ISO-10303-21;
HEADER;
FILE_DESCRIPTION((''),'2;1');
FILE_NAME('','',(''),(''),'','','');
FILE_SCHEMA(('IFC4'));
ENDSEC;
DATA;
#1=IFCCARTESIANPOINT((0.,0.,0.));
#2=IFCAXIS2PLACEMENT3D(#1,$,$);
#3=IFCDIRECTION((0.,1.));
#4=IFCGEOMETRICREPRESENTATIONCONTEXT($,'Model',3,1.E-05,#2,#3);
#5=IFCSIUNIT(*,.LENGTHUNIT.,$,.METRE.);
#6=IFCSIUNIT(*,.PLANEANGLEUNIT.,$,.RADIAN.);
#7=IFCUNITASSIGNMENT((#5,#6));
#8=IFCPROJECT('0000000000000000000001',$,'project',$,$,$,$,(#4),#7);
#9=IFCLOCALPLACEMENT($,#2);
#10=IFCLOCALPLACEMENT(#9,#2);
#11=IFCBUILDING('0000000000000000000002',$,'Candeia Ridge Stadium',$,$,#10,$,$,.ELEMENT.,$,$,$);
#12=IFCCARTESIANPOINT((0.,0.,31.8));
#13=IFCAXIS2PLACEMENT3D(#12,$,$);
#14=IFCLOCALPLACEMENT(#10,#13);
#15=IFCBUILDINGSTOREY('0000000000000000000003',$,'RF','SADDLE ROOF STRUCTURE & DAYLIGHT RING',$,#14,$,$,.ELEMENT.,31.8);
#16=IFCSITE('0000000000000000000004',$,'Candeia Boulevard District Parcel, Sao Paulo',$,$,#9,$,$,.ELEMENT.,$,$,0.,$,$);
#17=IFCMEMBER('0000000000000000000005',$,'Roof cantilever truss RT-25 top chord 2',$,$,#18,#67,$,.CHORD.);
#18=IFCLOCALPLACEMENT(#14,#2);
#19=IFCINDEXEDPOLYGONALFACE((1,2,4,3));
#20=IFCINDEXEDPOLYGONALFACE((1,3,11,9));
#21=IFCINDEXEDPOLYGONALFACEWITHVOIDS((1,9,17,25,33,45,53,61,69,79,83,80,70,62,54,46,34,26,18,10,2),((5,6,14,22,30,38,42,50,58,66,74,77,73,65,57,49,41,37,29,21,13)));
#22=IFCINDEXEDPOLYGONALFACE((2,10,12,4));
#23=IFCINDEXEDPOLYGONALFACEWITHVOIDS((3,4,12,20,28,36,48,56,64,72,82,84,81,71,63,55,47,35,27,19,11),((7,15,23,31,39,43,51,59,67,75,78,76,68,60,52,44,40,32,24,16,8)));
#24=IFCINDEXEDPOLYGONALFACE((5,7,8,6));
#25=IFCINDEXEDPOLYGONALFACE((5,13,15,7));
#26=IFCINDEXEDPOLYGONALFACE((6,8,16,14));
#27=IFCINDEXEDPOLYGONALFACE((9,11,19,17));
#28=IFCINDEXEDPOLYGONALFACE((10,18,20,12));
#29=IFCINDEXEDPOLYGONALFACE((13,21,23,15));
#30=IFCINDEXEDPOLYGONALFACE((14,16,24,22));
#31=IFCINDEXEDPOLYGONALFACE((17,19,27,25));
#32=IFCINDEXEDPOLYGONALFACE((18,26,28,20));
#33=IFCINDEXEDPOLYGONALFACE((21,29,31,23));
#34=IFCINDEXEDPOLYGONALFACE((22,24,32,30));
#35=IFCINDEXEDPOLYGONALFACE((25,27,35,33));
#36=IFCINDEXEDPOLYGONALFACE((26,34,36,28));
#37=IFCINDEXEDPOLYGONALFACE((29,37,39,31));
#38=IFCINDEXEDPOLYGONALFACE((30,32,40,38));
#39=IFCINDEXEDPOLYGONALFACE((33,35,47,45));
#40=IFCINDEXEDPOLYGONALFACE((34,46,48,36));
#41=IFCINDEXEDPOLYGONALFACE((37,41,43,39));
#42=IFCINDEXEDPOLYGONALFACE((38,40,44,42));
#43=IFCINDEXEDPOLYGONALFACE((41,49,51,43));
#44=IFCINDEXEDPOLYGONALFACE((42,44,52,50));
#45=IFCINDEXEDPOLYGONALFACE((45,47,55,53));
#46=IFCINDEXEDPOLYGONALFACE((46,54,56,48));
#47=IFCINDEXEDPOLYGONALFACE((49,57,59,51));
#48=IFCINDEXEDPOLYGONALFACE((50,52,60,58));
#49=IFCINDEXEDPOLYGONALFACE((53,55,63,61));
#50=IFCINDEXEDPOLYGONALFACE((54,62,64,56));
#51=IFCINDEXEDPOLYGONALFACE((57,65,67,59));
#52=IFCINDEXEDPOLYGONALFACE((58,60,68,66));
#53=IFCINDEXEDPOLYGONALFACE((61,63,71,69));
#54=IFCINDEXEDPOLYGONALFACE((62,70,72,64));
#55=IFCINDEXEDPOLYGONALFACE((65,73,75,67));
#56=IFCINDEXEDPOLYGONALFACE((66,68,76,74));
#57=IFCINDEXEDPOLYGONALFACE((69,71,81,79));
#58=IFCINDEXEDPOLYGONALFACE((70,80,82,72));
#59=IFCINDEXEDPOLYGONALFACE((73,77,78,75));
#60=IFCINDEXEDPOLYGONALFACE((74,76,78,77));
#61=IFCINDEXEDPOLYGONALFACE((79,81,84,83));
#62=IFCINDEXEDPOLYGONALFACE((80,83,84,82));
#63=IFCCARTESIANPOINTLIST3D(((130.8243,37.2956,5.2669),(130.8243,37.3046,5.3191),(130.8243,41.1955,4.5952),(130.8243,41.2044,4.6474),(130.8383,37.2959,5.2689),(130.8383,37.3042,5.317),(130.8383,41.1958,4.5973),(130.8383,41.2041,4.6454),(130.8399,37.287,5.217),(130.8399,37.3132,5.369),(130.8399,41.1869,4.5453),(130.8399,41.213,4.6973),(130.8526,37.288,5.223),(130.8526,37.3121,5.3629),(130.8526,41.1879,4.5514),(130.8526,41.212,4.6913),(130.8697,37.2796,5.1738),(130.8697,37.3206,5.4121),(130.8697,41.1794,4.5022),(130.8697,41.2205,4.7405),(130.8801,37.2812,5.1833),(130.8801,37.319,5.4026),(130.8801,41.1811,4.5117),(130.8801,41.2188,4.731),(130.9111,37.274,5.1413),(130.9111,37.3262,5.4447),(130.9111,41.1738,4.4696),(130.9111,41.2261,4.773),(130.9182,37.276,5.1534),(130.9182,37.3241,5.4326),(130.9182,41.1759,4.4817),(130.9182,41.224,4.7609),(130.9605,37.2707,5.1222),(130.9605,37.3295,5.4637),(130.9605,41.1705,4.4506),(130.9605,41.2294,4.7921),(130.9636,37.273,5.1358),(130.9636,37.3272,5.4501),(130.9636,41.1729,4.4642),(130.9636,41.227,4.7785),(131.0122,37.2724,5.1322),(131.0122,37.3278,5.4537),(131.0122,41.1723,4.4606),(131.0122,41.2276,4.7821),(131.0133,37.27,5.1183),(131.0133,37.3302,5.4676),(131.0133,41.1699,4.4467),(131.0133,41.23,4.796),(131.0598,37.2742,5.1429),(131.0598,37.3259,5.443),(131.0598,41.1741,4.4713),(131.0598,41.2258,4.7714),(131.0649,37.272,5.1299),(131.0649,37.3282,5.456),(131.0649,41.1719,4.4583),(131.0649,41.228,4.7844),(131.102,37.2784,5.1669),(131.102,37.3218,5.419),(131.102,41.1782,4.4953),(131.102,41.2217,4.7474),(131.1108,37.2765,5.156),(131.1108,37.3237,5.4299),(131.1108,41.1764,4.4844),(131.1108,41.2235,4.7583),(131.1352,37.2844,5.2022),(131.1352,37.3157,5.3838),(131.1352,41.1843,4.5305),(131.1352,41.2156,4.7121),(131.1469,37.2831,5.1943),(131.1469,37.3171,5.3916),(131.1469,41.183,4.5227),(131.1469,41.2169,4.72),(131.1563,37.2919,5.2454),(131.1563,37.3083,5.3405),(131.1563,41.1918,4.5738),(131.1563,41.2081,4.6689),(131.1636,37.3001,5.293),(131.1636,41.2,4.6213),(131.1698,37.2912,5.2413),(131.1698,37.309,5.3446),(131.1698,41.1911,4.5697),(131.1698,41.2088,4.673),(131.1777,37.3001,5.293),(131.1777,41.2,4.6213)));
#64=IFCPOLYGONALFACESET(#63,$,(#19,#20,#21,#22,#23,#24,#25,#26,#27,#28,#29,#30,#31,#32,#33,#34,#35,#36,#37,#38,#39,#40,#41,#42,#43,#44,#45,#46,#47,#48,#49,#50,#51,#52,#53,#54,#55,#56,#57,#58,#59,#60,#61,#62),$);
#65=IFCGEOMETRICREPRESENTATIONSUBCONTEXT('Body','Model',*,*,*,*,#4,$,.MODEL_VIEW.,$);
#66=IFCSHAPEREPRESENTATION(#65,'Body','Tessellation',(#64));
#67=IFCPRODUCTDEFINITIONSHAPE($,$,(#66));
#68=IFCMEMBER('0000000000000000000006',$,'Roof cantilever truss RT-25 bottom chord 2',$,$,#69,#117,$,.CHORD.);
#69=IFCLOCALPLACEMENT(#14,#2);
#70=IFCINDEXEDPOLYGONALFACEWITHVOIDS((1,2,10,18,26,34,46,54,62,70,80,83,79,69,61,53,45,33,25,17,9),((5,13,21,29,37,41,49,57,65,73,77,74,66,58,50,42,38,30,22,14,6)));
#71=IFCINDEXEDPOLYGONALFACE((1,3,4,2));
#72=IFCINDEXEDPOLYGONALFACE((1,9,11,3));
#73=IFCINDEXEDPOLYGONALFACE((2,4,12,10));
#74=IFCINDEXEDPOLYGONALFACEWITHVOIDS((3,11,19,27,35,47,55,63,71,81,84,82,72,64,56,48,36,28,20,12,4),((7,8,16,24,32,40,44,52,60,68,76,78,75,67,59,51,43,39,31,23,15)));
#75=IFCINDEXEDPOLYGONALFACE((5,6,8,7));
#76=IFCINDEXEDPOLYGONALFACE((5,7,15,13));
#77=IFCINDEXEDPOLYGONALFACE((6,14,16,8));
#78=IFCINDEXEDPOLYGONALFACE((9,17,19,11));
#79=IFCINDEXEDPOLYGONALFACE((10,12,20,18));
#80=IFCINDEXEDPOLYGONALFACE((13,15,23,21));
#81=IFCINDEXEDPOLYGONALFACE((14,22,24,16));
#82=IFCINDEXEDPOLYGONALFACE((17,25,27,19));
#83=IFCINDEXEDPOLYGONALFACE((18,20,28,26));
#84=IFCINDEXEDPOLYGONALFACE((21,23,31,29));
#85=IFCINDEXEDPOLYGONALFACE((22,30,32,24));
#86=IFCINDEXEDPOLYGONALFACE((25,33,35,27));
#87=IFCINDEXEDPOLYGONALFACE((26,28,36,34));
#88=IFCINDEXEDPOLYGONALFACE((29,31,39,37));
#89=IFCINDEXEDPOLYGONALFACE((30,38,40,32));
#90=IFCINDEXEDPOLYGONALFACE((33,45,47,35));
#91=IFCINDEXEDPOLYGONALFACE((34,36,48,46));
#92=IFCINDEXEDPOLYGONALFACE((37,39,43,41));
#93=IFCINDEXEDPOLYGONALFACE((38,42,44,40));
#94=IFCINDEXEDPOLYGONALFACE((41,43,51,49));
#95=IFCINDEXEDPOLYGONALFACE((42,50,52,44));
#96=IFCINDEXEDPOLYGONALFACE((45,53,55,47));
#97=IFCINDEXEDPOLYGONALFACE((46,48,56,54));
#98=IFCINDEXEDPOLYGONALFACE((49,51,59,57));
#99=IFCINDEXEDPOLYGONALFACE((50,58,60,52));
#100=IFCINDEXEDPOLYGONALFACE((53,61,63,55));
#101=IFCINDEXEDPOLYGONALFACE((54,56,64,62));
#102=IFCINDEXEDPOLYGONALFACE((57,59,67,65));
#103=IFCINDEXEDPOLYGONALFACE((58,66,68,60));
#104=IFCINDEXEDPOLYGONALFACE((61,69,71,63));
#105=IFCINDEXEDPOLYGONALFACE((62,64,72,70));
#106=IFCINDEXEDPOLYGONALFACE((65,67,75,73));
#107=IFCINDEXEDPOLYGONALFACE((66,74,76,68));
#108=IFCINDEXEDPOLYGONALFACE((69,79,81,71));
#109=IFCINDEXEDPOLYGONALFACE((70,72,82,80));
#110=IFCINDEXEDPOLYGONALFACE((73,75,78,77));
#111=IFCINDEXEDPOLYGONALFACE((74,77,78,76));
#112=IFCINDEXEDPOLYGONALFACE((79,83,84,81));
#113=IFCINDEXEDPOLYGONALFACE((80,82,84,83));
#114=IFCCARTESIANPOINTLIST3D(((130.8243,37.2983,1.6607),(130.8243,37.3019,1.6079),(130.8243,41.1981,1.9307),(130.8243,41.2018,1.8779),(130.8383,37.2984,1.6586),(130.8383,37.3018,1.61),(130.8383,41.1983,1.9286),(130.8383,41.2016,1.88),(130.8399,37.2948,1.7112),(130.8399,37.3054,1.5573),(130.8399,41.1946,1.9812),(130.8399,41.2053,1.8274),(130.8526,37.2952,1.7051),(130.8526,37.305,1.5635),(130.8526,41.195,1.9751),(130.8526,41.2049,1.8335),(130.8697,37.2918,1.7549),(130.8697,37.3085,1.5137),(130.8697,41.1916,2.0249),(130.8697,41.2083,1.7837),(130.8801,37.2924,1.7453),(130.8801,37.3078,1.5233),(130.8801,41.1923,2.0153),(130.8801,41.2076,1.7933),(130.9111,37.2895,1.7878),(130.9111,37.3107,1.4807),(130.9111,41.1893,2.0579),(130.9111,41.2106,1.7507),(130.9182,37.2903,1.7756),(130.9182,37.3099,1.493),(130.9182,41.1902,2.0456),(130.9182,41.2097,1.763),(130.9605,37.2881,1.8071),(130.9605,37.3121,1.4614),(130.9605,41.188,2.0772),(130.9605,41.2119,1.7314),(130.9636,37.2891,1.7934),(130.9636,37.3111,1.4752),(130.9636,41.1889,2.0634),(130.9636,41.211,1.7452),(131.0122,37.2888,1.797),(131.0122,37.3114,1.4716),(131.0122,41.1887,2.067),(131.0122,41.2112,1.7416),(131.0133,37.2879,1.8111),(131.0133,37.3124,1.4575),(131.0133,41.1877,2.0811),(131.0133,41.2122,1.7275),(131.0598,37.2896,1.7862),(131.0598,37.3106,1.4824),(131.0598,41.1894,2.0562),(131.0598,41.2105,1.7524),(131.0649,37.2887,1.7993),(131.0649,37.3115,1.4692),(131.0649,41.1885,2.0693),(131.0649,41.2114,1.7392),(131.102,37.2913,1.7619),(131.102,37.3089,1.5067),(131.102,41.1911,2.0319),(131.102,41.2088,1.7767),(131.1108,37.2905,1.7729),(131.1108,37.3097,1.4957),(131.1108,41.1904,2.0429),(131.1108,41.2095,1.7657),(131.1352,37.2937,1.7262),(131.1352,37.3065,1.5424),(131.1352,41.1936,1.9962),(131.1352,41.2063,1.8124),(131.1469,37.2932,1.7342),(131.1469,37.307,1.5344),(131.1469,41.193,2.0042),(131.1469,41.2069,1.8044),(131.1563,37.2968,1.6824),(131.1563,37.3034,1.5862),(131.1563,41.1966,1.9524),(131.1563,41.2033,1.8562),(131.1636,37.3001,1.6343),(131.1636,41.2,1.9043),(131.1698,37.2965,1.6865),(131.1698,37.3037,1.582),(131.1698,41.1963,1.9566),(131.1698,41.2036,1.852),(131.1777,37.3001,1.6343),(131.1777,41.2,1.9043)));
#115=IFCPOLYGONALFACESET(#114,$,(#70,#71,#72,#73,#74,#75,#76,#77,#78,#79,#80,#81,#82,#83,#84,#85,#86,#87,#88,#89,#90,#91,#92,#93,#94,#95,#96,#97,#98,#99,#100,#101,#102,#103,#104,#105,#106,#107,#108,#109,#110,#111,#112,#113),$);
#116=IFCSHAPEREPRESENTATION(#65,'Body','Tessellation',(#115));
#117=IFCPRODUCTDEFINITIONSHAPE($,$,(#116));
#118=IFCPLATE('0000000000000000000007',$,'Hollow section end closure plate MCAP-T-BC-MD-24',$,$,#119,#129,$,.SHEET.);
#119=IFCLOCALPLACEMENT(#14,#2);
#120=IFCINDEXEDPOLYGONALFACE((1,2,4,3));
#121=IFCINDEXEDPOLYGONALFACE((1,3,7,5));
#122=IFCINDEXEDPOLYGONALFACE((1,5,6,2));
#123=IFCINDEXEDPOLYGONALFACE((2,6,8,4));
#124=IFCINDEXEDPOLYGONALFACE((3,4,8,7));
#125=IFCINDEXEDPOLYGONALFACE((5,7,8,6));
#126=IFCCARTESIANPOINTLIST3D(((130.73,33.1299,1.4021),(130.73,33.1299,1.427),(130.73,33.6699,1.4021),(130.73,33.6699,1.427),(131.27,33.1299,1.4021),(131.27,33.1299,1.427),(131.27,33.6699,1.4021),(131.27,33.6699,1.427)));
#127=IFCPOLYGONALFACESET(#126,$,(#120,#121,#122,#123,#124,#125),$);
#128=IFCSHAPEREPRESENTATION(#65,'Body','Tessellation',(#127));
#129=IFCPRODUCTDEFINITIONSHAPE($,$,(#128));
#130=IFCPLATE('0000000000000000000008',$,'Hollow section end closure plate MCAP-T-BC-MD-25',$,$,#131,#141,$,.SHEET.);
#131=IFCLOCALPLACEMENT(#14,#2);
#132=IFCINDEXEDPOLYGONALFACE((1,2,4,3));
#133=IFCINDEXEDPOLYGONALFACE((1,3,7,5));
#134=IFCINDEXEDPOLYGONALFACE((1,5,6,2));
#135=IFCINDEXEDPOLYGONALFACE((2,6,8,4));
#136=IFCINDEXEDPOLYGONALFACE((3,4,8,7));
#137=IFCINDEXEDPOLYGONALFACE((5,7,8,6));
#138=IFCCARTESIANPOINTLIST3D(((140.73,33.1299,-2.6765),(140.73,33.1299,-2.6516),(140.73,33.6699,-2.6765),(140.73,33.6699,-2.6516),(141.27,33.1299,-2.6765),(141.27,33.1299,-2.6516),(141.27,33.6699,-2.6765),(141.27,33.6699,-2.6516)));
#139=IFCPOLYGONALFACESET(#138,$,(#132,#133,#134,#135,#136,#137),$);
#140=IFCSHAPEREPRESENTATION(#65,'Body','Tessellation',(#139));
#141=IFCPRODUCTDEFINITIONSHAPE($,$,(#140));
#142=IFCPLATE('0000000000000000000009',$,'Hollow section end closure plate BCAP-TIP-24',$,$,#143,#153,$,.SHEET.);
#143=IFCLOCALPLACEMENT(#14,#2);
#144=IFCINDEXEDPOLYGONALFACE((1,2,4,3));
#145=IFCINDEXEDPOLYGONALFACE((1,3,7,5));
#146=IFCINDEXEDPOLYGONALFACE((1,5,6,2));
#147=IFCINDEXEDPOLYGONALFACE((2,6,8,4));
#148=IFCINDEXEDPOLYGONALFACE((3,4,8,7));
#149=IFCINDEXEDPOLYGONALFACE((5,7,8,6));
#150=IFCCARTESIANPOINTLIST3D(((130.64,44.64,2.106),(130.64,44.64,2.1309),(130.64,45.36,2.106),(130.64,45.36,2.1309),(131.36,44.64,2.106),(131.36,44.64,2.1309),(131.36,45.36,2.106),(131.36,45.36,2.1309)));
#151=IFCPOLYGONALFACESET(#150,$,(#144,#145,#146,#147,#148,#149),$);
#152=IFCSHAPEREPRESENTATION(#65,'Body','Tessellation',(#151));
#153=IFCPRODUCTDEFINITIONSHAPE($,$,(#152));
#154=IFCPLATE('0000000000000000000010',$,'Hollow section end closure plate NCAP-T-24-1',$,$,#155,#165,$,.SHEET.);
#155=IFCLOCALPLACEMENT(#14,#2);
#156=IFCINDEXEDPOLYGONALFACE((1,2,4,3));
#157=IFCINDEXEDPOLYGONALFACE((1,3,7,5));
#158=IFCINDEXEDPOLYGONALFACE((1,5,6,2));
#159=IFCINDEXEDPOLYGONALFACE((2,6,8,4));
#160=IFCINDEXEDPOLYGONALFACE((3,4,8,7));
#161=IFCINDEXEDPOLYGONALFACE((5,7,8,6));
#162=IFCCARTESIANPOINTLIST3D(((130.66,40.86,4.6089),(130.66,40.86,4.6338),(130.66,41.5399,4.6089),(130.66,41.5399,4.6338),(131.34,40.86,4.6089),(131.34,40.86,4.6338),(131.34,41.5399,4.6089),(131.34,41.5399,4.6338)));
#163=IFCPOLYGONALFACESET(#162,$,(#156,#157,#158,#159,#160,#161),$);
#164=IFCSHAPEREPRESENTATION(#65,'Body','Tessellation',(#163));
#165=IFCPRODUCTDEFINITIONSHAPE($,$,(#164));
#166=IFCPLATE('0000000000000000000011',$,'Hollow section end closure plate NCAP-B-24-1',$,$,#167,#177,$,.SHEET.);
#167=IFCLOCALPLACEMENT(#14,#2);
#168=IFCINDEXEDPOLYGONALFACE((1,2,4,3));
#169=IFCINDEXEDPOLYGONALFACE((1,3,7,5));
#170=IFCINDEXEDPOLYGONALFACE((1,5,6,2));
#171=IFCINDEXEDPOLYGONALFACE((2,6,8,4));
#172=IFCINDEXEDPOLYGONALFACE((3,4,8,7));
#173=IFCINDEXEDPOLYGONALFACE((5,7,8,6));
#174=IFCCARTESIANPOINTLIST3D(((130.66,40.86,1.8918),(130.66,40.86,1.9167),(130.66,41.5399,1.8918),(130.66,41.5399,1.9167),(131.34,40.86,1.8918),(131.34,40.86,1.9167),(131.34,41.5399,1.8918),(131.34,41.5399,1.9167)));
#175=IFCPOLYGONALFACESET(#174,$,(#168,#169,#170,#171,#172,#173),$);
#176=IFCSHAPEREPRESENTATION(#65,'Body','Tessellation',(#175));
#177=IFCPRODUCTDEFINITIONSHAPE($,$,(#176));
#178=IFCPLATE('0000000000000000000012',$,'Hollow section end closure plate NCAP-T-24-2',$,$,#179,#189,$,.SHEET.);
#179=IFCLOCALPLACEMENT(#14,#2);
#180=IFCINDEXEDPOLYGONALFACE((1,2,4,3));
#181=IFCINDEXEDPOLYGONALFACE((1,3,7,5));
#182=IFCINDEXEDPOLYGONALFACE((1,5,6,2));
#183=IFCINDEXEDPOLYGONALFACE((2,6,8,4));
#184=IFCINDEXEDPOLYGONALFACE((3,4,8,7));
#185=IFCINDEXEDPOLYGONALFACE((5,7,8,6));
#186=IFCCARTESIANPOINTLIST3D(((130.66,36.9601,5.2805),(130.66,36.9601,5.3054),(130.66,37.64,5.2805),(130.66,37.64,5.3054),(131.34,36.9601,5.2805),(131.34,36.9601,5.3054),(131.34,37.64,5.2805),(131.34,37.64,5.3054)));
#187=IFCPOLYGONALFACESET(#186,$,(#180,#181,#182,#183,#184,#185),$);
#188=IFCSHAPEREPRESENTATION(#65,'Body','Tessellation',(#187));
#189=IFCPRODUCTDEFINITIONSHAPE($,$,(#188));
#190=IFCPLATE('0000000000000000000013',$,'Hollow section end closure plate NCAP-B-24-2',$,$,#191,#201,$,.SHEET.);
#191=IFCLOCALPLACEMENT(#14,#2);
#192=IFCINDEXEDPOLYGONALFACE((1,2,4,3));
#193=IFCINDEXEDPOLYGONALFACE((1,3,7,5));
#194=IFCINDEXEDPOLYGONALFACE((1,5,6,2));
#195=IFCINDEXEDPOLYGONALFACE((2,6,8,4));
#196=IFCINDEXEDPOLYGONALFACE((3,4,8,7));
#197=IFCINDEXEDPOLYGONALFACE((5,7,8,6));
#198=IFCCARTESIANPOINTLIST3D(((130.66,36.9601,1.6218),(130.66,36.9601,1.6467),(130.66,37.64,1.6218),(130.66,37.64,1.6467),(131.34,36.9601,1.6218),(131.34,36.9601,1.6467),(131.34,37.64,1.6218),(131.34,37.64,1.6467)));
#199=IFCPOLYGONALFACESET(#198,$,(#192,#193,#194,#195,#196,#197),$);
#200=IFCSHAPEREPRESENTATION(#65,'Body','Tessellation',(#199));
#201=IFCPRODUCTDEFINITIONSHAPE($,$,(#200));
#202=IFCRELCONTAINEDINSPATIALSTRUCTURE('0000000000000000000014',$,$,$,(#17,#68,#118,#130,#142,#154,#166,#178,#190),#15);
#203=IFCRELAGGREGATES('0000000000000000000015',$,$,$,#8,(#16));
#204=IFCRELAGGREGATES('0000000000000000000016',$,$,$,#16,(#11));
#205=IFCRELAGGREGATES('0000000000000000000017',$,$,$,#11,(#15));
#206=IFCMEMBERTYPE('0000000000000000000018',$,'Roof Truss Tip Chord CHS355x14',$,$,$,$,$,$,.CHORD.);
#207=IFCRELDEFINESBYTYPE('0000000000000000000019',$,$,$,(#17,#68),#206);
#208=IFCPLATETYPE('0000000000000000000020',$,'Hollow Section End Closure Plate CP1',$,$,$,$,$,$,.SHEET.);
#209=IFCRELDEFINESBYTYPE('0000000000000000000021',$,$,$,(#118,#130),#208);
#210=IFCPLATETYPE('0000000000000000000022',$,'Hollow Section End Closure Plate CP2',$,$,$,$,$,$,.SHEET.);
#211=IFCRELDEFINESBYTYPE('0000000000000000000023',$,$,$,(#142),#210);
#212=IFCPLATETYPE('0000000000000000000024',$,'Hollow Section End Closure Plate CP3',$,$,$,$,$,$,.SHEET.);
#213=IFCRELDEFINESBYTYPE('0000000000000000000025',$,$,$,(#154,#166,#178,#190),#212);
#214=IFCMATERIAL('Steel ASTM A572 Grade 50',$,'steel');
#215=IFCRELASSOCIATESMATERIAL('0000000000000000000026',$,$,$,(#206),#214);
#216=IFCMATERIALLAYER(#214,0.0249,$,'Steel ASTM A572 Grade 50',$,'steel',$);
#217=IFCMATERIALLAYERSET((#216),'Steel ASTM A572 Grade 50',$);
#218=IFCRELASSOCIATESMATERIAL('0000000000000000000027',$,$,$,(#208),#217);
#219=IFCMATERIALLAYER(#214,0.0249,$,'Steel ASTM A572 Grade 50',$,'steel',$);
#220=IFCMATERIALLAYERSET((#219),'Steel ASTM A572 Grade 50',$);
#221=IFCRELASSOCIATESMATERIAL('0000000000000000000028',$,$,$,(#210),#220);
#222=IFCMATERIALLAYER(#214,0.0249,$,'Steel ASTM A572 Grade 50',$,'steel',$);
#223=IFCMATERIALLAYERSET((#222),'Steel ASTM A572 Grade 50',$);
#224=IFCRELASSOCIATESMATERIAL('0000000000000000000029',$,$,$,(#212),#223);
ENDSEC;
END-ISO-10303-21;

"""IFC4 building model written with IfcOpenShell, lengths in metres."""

from ifc_helpers import new_model, si_unit, direction, frame, origin, origin_2d, place, context, subcontext, project, spatial, rectangle, hollow_circle, extrude, material, layer, layer_set, material_profile, profile_set, type_object, element, save


model = new_model("IFC4")

# Units and contexts
model_context = context("Model", 3, precision=1e-05, world=origin(), true_north=direction((0.0, 1.0)))
body_context = subcontext(model_context, "Body", "Model", "MODEL_VIEW")
ifc_project = project(units=[si_unit("LENGTHUNIT", "METRE"), si_unit("PLANEANGLEUNIT", "RADIAN")], contexts=[model_context])

# Site, building, storey
site_placement = place(None, origin())
site = spatial("IfcSite", under=ifc_project, at=site_placement, Name="Candeia Boulevard District Parcel, Sao Paulo", CompositionType="ELEMENT", RefElevation=0.0)
building_placement = place(site_placement, origin())
building = spatial("IfcBuilding", under=site, at=building_placement, Name="Candeia Ridge Stadium", CompositionType="ELEMENT")
storey_placement = place(building_placement, frame((0.0, 0.0, 31.8)))
storey = spatial("IfcBuildingStorey", under=building, at=storey_placement, Name="RF", Description="SADDLE ROOF STRUCTURE & DAYLIGHT RING", CompositionType="ELEMENT", Elevation=31.8)

# Shared definitions
ifc_material_1 = material(Name="Steel ASTM A572 Grade 50", Category="steel")

# Members
ifc_material_profile_1 = material_profile(ifc_material_1, hollow_circle(Radius=0.1777, WallThickness=0.0142, at=origin_2d()), Name="CHS355x14", Category="steel")
ifc_profile_set_1 = profile_set([ifc_material_profile_1], Name="Steel ASTM A572 Grade 50")
member_type_1 = type_object("IfcMemberType", Name="Roof Truss Tip Chord CHS355x14", PredefinedType="CHORD", material=ifc_profile_set_1)
member_1_placement = place(storey_placement, frame((131.0, 41.2, 4.6213), z_axis=(0.0, -0.985493, 0.169719), x_axis=(1.0, 0.0, 0.0)))
element("IfcMember", 1, at=member_1_placement, inside=storey, type_object=member_type_1, Name="Roof cantilever truss RT-25 top chord 2", PredefinedType="CHORD", context=body_context, shape_type="SweptSolid", body=[
    extrude(hollow_circle(Radius=0.1777, WallThickness=0.0142, at=origin_2d()), origin(), (0.0, 0.0, 1.0), 3.9573),
])
member_2_placement = place(storey_placement, frame((131.0, 41.2, 1.9043), z_axis=(0.0, -0.997612, -0.069072), x_axis=(1.0, 0.0, 0.0)))
element("IfcMember", 2, at=member_2_placement, inside=storey, type_object=member_type_1, Name="Roof cantilever truss RT-25 bottom chord 2", PredefinedType="CHORD", context=body_context, shape_type="SweptSolid", body=[
    extrude(hollow_circle(Radius=0.1777, WallThickness=0.0142, at=origin_2d()), origin(), (0.0, 0.0, 1.0), 3.9092),
])

# Plates
ifc_layer_1 = layer(ifc_material_1, 0.0249, Name="Steel ASTM A572 Grade 50", Category="steel")
ifc_layer_set_1 = layer_set([ifc_layer_1], Name="Steel ASTM A572 Grade 50")
plate_type_1 = type_object("IfcPlateType", Name="Hollow Section End Closure Plate CP1", PredefinedType="SHEET", material=ifc_layer_set_1)
for number, where, z_axis, x_axis, name in (
    (3, (131.0, 33.3999, 1.4021), (0.0, 0.0, 1.0), (1.0, 0.0, 0.0), "Hollow section end closure plate MCAP-T-BC-MD-24"),
    (4, (141.0, 33.3999, -2.6765), (0.0, 0.0, 1.0), (1.0, 0.0, 0.0), "Hollow section end closure plate MCAP-T-BC-MD-25"),
):
    element("IfcPlate", number, at=place(storey_placement, frame(where, z_axis=z_axis, x_axis=x_axis)), inside=storey, type_object=plate_type_1, Name=name, PredefinedType="SHEET", context=body_context, shape_type="SweptSolid", body=[
        extrude(rectangle(XDim=0.54, YDim=0.54, at=origin_2d()), origin(), (0.0, 0.0, 1.0), 0.0249),
    ])
ifc_layer_2 = layer(ifc_material_1, 0.0249, Name="Steel ASTM A572 Grade 50", Category="steel")
ifc_layer_set_2 = layer_set([ifc_layer_2], Name="Steel ASTM A572 Grade 50")
plate_type_2 = type_object("IfcPlateType", Name="Hollow Section End Closure Plate CP2", PredefinedType="SHEET", material=ifc_layer_set_2)
plate_1_placement = place(storey_placement, frame((131.0, 45.0, 2.106), z_axis=(0.0, 0.0, 1.0), x_axis=(1.0, 0.0, 0.0)))
element("IfcPlate", 5, at=plate_1_placement, inside=storey, type_object=plate_type_2, Name="Hollow section end closure plate BCAP-TIP-24", PredefinedType="SHEET", context=body_context, shape_type="SweptSolid", body=[
    extrude(rectangle(XDim=0.72, YDim=0.72, at=origin_2d()), origin(), (0.0, 0.0, 1.0), 0.0249),
])
ifc_layer_3 = layer(ifc_material_1, 0.0249, Name="Steel ASTM A572 Grade 50", Category="steel")
ifc_layer_set_3 = layer_set([ifc_layer_3], Name="Steel ASTM A572 Grade 50")
plate_type_3 = type_object("IfcPlateType", Name="Hollow Section End Closure Plate CP3", PredefinedType="SHEET", material=ifc_layer_set_3)
for number, where, z_axis, x_axis, name in (
    (6, (131.0, 41.2, 4.6089), (0.0, 0.0, 1.0), (1.0, 0.0, 0.0), "Hollow section end closure plate NCAP-T-24-1"),
    (7, (131.0, 41.2, 1.8918), (0.0, 0.0, 1.0), (1.0, 0.0, 0.0), "Hollow section end closure plate NCAP-B-24-1"),
    (8, (131.0, 37.3, 5.2805), (0.0, 0.0, 1.0), (1.0, 0.0, 0.0), "Hollow section end closure plate NCAP-T-24-2"),
    (9, (131.0, 37.3, 1.6218), (0.0, 0.0, 1.0), (1.0, 0.0, 0.0), "Hollow section end closure plate NCAP-B-24-2"),
):
    element("IfcPlate", number, at=place(storey_placement, frame(where, z_axis=z_axis, x_axis=x_axis)), inside=storey, type_object=plate_type_3, Name=name, PredefinedType="SHEET", context=body_context, shape_type="SweptSolid", body=[
        extrude(rectangle(XDim=0.6799, YDim=0.6799, at=origin_2d()), origin(), (0.0, 0.0, 1.0), 0.0249),
    ])

save(model, "model.ifc")
